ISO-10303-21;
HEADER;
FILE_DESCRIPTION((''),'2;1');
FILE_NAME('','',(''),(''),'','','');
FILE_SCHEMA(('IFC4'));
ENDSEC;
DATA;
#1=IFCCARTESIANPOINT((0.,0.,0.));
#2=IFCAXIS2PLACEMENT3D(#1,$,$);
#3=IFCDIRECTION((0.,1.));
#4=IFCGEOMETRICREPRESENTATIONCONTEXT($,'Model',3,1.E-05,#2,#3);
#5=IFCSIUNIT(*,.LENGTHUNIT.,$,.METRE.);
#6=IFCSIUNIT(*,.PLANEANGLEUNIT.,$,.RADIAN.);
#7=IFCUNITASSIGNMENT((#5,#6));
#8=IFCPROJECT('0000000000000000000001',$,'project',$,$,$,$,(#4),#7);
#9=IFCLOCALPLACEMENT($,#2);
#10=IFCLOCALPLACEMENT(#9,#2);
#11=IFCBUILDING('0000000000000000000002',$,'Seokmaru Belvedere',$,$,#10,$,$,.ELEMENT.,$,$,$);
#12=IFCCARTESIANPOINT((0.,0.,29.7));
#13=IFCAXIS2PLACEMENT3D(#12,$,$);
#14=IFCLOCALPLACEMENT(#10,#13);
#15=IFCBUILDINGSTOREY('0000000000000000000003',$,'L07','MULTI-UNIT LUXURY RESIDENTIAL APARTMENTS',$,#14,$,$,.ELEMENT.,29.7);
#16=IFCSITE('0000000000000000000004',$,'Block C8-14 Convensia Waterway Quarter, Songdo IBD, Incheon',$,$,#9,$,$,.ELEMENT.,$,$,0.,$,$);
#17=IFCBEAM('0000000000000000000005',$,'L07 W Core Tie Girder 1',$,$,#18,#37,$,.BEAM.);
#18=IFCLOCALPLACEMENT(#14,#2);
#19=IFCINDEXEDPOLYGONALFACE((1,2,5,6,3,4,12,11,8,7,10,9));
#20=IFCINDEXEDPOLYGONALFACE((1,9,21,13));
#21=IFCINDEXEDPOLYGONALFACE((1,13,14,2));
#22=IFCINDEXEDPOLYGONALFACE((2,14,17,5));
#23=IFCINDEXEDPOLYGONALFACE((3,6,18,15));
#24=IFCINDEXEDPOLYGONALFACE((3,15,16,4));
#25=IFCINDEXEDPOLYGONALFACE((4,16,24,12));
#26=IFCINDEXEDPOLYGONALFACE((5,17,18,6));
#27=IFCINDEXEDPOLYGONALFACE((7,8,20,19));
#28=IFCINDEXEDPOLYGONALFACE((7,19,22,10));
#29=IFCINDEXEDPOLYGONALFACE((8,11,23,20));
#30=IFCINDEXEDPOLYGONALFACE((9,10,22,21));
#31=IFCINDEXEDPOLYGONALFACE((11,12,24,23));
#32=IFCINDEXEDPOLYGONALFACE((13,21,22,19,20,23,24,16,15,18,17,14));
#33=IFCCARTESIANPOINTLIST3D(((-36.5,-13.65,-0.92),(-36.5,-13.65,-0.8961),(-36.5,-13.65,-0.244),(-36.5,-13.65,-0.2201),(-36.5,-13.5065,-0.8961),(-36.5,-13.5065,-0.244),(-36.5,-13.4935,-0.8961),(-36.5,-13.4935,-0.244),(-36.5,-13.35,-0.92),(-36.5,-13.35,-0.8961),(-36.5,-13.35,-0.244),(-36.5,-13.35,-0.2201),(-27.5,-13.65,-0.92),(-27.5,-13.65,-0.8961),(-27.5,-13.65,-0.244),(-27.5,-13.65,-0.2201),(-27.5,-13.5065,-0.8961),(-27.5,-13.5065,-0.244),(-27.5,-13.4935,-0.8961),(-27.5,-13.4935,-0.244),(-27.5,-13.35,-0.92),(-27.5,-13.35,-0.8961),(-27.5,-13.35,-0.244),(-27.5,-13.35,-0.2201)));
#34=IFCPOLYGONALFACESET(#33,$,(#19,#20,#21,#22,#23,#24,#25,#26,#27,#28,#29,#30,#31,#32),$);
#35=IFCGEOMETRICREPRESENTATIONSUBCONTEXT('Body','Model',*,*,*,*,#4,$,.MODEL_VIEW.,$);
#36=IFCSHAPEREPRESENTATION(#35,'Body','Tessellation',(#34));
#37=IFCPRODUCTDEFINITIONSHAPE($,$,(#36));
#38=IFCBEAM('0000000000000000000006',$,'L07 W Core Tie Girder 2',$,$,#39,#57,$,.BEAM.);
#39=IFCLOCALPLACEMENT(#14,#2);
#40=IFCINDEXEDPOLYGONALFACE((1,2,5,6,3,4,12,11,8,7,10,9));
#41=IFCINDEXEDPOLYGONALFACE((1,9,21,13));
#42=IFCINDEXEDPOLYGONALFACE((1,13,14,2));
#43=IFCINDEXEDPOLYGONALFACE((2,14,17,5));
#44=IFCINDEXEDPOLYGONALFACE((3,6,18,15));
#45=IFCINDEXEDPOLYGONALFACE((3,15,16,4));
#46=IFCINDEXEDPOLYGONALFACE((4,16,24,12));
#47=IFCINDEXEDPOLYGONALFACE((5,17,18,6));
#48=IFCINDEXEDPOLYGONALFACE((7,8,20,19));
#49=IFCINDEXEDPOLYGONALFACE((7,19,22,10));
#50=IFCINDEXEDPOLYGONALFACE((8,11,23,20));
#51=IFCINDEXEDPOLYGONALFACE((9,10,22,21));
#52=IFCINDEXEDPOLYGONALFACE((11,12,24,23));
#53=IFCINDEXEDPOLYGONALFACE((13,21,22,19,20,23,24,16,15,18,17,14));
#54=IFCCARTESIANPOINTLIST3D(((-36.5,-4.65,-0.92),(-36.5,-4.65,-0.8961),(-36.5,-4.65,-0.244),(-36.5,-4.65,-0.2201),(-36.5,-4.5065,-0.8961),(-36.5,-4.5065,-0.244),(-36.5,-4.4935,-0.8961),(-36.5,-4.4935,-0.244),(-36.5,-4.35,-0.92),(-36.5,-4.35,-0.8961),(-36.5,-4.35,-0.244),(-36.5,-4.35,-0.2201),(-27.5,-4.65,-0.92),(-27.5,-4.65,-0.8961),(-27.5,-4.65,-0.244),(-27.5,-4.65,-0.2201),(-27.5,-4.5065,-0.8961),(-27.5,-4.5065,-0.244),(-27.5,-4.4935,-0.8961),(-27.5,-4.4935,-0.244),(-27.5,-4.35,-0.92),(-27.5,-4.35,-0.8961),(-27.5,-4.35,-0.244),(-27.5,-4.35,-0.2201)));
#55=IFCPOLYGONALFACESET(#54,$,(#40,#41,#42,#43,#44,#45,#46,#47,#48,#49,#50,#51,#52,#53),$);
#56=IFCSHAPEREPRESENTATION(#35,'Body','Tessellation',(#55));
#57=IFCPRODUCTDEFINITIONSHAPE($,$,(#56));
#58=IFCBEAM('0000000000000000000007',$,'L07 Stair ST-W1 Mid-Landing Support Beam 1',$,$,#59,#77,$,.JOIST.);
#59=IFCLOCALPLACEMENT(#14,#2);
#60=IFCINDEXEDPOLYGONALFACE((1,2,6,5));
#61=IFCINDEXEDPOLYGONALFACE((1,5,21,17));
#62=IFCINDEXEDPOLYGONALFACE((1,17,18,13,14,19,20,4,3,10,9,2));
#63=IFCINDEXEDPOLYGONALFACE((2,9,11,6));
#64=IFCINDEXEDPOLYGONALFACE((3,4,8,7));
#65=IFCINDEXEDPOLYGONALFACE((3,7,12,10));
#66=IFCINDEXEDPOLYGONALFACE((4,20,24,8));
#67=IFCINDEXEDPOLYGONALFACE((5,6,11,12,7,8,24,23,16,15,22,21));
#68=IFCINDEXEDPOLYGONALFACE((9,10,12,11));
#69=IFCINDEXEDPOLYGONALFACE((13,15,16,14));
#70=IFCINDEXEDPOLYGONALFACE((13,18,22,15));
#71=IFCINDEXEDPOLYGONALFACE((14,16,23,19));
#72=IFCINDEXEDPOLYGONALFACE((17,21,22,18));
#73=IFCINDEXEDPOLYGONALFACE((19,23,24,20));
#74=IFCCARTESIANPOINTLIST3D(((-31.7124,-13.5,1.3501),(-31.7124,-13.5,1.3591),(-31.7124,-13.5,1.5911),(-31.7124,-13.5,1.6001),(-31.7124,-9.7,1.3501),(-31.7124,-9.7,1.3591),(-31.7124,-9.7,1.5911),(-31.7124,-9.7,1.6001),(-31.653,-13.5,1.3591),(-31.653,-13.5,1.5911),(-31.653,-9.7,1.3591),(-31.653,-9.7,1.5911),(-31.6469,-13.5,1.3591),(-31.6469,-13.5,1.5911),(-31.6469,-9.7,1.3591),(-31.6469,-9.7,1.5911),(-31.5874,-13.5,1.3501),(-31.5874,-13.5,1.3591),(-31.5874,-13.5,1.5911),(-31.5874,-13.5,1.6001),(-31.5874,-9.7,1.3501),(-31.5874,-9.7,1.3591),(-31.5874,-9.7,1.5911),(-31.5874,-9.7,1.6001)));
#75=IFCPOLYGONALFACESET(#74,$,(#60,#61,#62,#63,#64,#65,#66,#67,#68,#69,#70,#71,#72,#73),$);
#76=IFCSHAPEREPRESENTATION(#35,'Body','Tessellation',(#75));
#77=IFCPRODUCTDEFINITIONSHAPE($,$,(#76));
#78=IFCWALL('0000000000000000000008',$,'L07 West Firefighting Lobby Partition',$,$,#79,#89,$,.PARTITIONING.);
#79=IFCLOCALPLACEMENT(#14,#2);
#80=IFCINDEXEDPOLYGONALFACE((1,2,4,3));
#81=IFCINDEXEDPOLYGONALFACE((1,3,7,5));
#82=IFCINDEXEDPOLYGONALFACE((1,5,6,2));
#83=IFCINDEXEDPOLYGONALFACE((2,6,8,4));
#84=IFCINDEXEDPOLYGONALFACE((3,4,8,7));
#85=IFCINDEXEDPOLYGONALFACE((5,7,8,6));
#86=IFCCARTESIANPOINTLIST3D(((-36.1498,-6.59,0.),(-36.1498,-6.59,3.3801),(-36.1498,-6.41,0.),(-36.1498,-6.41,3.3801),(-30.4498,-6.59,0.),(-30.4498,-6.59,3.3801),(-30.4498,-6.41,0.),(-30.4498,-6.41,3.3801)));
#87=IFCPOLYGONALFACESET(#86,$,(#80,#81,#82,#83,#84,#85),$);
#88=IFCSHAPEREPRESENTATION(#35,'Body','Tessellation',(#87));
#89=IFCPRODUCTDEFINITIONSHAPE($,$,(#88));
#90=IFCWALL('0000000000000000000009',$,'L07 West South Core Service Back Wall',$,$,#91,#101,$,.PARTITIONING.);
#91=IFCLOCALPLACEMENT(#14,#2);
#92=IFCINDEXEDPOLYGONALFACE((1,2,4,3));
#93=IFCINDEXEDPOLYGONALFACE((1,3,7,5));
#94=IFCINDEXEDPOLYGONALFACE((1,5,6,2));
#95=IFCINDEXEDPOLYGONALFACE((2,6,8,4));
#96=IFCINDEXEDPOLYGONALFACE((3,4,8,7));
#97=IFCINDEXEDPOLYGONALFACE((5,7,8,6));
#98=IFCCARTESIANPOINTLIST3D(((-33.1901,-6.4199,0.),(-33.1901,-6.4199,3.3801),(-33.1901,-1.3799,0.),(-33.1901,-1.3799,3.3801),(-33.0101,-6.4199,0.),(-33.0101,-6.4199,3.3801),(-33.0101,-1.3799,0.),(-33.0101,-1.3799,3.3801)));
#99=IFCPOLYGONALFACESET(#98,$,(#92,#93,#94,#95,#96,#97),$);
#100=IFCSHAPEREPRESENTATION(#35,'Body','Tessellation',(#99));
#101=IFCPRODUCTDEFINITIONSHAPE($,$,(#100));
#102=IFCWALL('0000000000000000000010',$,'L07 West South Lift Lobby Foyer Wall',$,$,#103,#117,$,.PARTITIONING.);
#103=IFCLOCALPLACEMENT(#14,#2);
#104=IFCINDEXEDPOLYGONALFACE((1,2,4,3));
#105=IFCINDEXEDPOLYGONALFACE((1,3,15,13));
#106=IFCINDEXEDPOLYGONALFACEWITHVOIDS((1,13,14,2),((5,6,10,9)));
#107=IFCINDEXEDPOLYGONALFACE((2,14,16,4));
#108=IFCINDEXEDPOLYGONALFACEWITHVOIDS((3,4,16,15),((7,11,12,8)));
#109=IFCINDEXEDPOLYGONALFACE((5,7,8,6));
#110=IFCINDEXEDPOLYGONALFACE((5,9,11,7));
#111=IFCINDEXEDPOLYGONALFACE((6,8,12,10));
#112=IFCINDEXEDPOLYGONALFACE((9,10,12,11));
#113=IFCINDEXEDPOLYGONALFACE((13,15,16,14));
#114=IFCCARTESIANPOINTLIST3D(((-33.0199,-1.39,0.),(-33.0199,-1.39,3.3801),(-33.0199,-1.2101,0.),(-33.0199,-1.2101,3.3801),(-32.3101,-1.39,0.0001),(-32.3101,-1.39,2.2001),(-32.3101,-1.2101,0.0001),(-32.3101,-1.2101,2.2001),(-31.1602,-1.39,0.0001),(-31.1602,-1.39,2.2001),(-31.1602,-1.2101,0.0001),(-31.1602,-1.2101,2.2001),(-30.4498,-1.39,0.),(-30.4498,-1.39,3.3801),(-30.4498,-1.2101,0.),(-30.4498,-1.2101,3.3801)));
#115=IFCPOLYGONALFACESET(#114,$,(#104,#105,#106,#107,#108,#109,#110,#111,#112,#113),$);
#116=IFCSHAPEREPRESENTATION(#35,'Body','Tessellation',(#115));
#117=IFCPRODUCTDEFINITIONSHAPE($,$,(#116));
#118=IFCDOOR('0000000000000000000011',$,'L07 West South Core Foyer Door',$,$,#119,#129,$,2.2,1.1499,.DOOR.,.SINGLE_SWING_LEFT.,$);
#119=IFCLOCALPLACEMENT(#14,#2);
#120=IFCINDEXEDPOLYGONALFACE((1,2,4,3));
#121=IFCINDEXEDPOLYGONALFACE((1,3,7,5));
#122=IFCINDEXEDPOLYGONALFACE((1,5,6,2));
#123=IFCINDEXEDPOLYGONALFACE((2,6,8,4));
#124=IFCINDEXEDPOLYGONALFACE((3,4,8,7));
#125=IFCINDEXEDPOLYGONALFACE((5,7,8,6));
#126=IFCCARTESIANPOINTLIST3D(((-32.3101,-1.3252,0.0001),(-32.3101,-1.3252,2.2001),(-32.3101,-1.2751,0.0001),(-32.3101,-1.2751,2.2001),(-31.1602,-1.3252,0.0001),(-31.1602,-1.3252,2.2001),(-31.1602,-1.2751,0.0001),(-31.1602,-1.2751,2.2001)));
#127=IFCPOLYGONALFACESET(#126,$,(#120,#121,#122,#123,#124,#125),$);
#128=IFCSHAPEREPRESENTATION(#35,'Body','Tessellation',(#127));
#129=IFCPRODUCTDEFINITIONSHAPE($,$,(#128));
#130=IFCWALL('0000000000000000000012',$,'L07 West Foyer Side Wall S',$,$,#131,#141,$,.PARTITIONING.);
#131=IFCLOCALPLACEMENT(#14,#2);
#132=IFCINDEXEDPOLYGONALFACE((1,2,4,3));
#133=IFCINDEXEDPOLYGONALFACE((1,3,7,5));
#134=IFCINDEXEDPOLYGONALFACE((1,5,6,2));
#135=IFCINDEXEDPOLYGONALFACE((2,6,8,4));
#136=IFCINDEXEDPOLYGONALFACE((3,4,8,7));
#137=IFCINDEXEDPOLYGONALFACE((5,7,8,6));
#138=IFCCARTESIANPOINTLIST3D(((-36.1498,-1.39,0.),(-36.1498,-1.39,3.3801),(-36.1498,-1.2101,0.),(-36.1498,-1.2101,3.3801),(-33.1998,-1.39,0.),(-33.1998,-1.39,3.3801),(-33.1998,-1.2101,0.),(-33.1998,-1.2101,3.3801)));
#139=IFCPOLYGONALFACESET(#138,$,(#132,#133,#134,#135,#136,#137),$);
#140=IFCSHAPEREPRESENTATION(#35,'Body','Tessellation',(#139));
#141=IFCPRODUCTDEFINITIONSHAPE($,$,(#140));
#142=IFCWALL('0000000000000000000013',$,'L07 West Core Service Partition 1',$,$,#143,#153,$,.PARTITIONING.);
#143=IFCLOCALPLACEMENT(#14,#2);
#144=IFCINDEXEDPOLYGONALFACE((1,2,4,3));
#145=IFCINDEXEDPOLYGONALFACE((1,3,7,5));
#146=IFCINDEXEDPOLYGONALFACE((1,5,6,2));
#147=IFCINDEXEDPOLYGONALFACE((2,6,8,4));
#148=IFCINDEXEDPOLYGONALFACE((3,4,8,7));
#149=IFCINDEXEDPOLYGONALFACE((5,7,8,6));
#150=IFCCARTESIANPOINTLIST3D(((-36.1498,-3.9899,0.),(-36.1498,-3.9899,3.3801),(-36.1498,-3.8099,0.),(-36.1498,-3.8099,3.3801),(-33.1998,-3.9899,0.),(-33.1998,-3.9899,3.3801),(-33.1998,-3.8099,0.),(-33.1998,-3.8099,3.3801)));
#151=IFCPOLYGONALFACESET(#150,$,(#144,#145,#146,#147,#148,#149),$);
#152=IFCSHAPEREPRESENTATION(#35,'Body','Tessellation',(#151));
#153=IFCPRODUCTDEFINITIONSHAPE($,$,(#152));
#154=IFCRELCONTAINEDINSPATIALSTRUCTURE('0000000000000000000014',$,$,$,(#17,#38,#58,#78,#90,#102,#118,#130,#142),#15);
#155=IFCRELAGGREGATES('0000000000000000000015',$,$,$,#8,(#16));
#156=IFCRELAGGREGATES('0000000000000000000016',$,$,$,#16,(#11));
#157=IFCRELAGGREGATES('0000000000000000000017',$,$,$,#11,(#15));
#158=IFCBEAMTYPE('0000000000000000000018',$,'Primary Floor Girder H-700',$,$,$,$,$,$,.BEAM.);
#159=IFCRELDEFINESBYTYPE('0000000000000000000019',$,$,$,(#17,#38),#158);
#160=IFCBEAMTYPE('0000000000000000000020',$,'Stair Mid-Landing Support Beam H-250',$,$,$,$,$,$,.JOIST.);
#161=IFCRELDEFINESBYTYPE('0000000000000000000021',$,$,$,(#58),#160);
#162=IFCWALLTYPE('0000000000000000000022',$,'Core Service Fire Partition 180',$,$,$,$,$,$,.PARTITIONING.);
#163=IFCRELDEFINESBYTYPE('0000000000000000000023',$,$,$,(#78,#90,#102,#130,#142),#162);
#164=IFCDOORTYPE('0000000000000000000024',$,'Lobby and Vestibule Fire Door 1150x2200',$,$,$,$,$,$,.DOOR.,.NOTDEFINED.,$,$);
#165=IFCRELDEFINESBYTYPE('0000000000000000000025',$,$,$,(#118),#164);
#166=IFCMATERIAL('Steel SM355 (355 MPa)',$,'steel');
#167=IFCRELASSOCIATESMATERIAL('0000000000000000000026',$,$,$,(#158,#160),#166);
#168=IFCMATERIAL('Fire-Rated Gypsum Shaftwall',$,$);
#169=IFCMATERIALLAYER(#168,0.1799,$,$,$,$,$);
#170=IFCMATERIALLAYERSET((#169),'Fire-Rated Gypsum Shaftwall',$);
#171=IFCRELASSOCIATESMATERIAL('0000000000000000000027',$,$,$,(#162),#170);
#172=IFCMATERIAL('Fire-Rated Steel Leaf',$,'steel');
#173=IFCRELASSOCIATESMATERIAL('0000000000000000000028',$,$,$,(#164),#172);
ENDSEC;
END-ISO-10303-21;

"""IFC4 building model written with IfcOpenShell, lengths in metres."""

from ifc_helpers import new_model, si_unit, direction, frame, frame_2d, origin, origin_2d, place, context, subcontext, project, spatial, rectangle, i_section, extrude, source, transform, mapped, material, layer, layer_set, material_profile, profile_set, type_object, type_shapes, element, fill, save


model = new_model("IFC4")

# Units and contexts
model_context = context("Model", 3, precision=1e-05, world=origin(), true_north=direction((0.0, 1.0)))
body_context = subcontext(model_context, "Body", "Model", "MODEL_VIEW")
ifc_project = project(units=[si_unit("LENGTHUNIT", "METRE"), si_unit("PLANEANGLEUNIT", "RADIAN")], contexts=[model_context])

# Site, building, storey
site_placement = place(None, origin())
site = spatial("IfcSite", under=ifc_project, at=site_placement, Name="Block C8-14 Convensia Waterway Quarter, Songdo IBD, Incheon", CompositionType="ELEMENT", RefElevation=0.0)
building_placement = place(site_placement, origin())
building = spatial("IfcBuilding", under=site, at=building_placement, Name="Seokmaru Belvedere", CompositionType="ELEMENT")
storey_placement = place(building_placement, frame((0.0, 0.0, 29.7)))
storey = spatial("IfcBuildingStorey", under=building, at=storey_placement, Name="L07", Description="MULTI-UNIT LUXURY RESIDENTIAL APARTMENTS", CompositionType="ELEMENT", Elevation=29.7)

# Beams
ifc_material_1 = material(Name="Steel SM355 (355 MPa)", Category="steel")
ifc_material_profile_1 = material_profile(ifc_material_1, i_section(OverallWidth=0.3, OverallDepth=0.7, WebThickness=0.0129, FlangeThickness=0.0239, at=origin_2d()), Name="H-700x300x13x24")
ifc_profile_set_1 = profile_set([ifc_material_profile_1], Name="Steel SM355 (355 MPa)")
beam_type_1 = type_object("IfcBeamType", Name="Primary Floor Girder H-700", PredefinedType="BEAM", material=ifc_profile_set_1)
shared_shape_1 = source(origin(), body_context, "Body", "SweptSolid", [
    extrude(i_section(OverallWidth=0.3, OverallDepth=0.7, WebThickness=0.0129, FlangeThickness=0.0239, at=origin_2d()), origin(), (0.0, 0.0, 1.0), 9.0),
])
type_shapes(beam_type_1, [shared_shape_1])
for number, where, z_axis, x_axis, name in (
    (1, (-36.5, -13.5, -0.5701), (1.0, 0.0, 0.0), (0.0, 1.0, 0.0), "L07 W Core Tie Girder 1"),
    (2, (-36.5, -4.5, -0.5701), (1.0, 0.0, 0.0), (0.0, 1.0, 0.0), "L07 W Core Tie Girder 2"),
):
    element("IfcBeam", number, at=place(storey_placement, frame(where, z_axis=z_axis, x_axis=x_axis)), inside=storey, type_object=beam_type_1, Name=name, PredefinedType="BEAM", context=body_context, shape_type="MappedRepresentation", body=[
        mapped(shared_shape_1, transform((0.0, 0.0, 0.0), scale=1.0)),
    ])
ifc_material_profile_2 = material_profile(ifc_material_1, i_section(OverallWidth=0.125, OverallDepth=0.25, WebThickness=0.0061, FlangeThickness=0.009, at=origin_2d()), Name="H-250x125x6x9")
ifc_profile_set_2 = profile_set([ifc_material_profile_2], Name="Steel SM355 (355 MPa)")
beam_type_2 = type_object("IfcBeamType", Name="Stair Mid-Landing Support Beam H-250", PredefinedType="JOIST", material=ifc_profile_set_2)
shared_shape_2 = source(origin(), body_context, "Body", "SweptSolid", [
    extrude(i_section(OverallWidth=0.125, OverallDepth=0.25, WebThickness=0.0061, FlangeThickness=0.009, at=origin_2d()), origin(), (0.0, 0.0, 1.0), 3.8),
])
type_shapes(beam_type_2, [shared_shape_2])
beam_placement = place(storey_placement, frame((-31.6499, -13.5, 1.4751), z_axis=(0.0, 1.0, 0.0), x_axis=(-1.0, 0.0, 0.0)))
element("IfcBeam", 3, at=beam_placement, inside=storey, type_object=beam_type_2, Name="L07 Stair ST-W1 Mid-Landing Support Beam 1", PredefinedType="JOIST", context=body_context, shape_type="MappedRepresentation", body=[
    mapped(shared_shape_2, transform((0.0, 0.0, 0.0), scale=1.0)),
])

# Walls
ifc_material_2 = material(Name="Fire-Rated Gypsum Shaftwall")
ifc_layer_1 = layer(ifc_material_2, 0.1799)
ifc_layer_set_1 = layer_set([ifc_layer_1], Name="Fire-Rated Gypsum Shaftwall")
wall_type_1 = type_object("IfcWallType", Name="Core Service Fire Partition 180", PredefinedType="PARTITIONING", material=ifc_layer_set_1)
wall_1_placement = place(storey_placement, frame((-36.1499, -6.5, 0.0), z_axis=(0.0, 0.0, 1.0), x_axis=(1.0, 0.0, 0.0)))
element("IfcWall", 4, at=wall_1_placement, inside=storey, type_object=wall_type_1, Name="L07 West Firefighting Lobby Partition", PredefinedType="PARTITIONING", context=body_context, shape_type="SweptSolid", body=[
    extrude(rectangle(XDim=5.7, YDim=0.1799, at=frame_2d((2.8501, 0.0))), origin(), (0.0, 0.0, 1.0), 3.3801),
])
wall_2_placement = place(storey_placement, frame((-33.1001, -6.4199, 0.0), z_axis=(0.0, 0.0, 1.0), x_axis=(0.0, 1.0, 0.0)))
element("IfcWall", 5, at=wall_2_placement, inside=storey, type_object=wall_type_1, Name="L07 West South Core Service Back Wall", PredefinedType="PARTITIONING", context=body_context, shape_type="SweptSolid", body=[
    extrude(rectangle(XDim=5.04, YDim=0.1799, at=frame_2d((2.52, 0.0))), origin(), (0.0, 0.0, 1.0), 3.3801),
])

# Wall, opening, door
wall_3_placement = place(storey_placement, frame((-33.02, -1.3, 0.0), z_axis=(0.0, 0.0, 1.0), x_axis=(1.0, 0.0, 0.0)))
wall_3 = element("IfcWall", 6, at=wall_3_placement, inside=storey, type_object=wall_type_1, Name="L07 West South Lift Lobby Foyer Wall", PredefinedType="PARTITIONING", context=body_context, shape_type="SweptSolid", body=[
    extrude(rectangle(XDim=2.5701, YDim=0.1799, at=frame_2d((1.2852, 0.0))), origin(), (0.0, 0.0, 1.0), 3.3801),
])
opening_1_placement = place(wall_3_placement, frame((0.71, 0.0, 0.0)))
opening_1 = element("IfcOpeningElement", 7, at=opening_1_placement, cuts=wall_3, PredefinedType="OPENING", context=body_context, shape_type="SweptSolid", body=[
    extrude(rectangle(XDim=1.1499, YDim=2.2, at=frame_2d((0.575, 1.1001))), frame((0.0, 0.1001, 0.0), z_axis=(0.0, -1.0, 0.0), x_axis=(1.0, 0.0, 0.0)), (0.0, 0.0, 1.0), 0.2),
])
ifc_material_3 = material(Name="Fire-Rated Steel Leaf", Category="steel")
door_type_1 = type_object("IfcDoorType", Name="Lobby and Vestibule Fire Door 1150x2200", OperationType="NOTDEFINED", PredefinedType="DOOR", material=ifc_material_3)
shared_shape_3 = source(origin(), body_context, "Body", "SweptSolid", [
    extrude(rectangle(XDim=1.1499, YDim=2.2, at=frame_2d((0.575, 1.1001))), frame((0.0, 0.0249, 0.0), z_axis=(0.0, -1.0, 0.0), x_axis=(1.0, 0.0, 0.0)), (0.0, 0.0, 1.0), 0.05),
])
type_shapes(door_type_1, [shared_shape_3])
door_1_placement = place(opening_1_placement, origin())
door_1 = element("IfcDoor", 8, at=door_1_placement, inside=storey, type_object=door_type_1, Name="L07 West South Core Foyer Door", OperationType="SINGLE_SWING_LEFT", OverallHeight=2.2, OverallWidth=1.1499, PredefinedType="DOOR", context=body_context, shape_type="MappedRepresentation", body=[
    mapped(shared_shape_3, transform((0.0, 0.0, 0.0), scale=1.0)),
])
fill(opening_1, door_1)

# Walls
for number, where, z_axis, x_axis, name in (
    (9, (-36.1499, -1.3, 0.0), (0.0, 0.0, 1.0), (1.0, 0.0, 0.0), "L07 West Foyer Side Wall S"),
    (10, (-36.1499, -3.8999, 0.0), (0.0, 0.0, 1.0), (1.0, 0.0, 0.0), "L07 West Core Service Partition 1"),
):
    element("IfcWall", number, at=place(storey_placement, frame(where, z_axis=z_axis, x_axis=x_axis)), inside=storey, type_object=wall_type_1, Name=name, PredefinedType="PARTITIONING", context=body_context, shape_type="SweptSolid", body=[
        extrude(rectangle(XDim=2.95, YDim=0.1799, at=frame_2d((1.4751, 0.0))), origin(), (0.0, 0.0, 1.0), 3.3801),
    ])

save(model, "model.ifc")
